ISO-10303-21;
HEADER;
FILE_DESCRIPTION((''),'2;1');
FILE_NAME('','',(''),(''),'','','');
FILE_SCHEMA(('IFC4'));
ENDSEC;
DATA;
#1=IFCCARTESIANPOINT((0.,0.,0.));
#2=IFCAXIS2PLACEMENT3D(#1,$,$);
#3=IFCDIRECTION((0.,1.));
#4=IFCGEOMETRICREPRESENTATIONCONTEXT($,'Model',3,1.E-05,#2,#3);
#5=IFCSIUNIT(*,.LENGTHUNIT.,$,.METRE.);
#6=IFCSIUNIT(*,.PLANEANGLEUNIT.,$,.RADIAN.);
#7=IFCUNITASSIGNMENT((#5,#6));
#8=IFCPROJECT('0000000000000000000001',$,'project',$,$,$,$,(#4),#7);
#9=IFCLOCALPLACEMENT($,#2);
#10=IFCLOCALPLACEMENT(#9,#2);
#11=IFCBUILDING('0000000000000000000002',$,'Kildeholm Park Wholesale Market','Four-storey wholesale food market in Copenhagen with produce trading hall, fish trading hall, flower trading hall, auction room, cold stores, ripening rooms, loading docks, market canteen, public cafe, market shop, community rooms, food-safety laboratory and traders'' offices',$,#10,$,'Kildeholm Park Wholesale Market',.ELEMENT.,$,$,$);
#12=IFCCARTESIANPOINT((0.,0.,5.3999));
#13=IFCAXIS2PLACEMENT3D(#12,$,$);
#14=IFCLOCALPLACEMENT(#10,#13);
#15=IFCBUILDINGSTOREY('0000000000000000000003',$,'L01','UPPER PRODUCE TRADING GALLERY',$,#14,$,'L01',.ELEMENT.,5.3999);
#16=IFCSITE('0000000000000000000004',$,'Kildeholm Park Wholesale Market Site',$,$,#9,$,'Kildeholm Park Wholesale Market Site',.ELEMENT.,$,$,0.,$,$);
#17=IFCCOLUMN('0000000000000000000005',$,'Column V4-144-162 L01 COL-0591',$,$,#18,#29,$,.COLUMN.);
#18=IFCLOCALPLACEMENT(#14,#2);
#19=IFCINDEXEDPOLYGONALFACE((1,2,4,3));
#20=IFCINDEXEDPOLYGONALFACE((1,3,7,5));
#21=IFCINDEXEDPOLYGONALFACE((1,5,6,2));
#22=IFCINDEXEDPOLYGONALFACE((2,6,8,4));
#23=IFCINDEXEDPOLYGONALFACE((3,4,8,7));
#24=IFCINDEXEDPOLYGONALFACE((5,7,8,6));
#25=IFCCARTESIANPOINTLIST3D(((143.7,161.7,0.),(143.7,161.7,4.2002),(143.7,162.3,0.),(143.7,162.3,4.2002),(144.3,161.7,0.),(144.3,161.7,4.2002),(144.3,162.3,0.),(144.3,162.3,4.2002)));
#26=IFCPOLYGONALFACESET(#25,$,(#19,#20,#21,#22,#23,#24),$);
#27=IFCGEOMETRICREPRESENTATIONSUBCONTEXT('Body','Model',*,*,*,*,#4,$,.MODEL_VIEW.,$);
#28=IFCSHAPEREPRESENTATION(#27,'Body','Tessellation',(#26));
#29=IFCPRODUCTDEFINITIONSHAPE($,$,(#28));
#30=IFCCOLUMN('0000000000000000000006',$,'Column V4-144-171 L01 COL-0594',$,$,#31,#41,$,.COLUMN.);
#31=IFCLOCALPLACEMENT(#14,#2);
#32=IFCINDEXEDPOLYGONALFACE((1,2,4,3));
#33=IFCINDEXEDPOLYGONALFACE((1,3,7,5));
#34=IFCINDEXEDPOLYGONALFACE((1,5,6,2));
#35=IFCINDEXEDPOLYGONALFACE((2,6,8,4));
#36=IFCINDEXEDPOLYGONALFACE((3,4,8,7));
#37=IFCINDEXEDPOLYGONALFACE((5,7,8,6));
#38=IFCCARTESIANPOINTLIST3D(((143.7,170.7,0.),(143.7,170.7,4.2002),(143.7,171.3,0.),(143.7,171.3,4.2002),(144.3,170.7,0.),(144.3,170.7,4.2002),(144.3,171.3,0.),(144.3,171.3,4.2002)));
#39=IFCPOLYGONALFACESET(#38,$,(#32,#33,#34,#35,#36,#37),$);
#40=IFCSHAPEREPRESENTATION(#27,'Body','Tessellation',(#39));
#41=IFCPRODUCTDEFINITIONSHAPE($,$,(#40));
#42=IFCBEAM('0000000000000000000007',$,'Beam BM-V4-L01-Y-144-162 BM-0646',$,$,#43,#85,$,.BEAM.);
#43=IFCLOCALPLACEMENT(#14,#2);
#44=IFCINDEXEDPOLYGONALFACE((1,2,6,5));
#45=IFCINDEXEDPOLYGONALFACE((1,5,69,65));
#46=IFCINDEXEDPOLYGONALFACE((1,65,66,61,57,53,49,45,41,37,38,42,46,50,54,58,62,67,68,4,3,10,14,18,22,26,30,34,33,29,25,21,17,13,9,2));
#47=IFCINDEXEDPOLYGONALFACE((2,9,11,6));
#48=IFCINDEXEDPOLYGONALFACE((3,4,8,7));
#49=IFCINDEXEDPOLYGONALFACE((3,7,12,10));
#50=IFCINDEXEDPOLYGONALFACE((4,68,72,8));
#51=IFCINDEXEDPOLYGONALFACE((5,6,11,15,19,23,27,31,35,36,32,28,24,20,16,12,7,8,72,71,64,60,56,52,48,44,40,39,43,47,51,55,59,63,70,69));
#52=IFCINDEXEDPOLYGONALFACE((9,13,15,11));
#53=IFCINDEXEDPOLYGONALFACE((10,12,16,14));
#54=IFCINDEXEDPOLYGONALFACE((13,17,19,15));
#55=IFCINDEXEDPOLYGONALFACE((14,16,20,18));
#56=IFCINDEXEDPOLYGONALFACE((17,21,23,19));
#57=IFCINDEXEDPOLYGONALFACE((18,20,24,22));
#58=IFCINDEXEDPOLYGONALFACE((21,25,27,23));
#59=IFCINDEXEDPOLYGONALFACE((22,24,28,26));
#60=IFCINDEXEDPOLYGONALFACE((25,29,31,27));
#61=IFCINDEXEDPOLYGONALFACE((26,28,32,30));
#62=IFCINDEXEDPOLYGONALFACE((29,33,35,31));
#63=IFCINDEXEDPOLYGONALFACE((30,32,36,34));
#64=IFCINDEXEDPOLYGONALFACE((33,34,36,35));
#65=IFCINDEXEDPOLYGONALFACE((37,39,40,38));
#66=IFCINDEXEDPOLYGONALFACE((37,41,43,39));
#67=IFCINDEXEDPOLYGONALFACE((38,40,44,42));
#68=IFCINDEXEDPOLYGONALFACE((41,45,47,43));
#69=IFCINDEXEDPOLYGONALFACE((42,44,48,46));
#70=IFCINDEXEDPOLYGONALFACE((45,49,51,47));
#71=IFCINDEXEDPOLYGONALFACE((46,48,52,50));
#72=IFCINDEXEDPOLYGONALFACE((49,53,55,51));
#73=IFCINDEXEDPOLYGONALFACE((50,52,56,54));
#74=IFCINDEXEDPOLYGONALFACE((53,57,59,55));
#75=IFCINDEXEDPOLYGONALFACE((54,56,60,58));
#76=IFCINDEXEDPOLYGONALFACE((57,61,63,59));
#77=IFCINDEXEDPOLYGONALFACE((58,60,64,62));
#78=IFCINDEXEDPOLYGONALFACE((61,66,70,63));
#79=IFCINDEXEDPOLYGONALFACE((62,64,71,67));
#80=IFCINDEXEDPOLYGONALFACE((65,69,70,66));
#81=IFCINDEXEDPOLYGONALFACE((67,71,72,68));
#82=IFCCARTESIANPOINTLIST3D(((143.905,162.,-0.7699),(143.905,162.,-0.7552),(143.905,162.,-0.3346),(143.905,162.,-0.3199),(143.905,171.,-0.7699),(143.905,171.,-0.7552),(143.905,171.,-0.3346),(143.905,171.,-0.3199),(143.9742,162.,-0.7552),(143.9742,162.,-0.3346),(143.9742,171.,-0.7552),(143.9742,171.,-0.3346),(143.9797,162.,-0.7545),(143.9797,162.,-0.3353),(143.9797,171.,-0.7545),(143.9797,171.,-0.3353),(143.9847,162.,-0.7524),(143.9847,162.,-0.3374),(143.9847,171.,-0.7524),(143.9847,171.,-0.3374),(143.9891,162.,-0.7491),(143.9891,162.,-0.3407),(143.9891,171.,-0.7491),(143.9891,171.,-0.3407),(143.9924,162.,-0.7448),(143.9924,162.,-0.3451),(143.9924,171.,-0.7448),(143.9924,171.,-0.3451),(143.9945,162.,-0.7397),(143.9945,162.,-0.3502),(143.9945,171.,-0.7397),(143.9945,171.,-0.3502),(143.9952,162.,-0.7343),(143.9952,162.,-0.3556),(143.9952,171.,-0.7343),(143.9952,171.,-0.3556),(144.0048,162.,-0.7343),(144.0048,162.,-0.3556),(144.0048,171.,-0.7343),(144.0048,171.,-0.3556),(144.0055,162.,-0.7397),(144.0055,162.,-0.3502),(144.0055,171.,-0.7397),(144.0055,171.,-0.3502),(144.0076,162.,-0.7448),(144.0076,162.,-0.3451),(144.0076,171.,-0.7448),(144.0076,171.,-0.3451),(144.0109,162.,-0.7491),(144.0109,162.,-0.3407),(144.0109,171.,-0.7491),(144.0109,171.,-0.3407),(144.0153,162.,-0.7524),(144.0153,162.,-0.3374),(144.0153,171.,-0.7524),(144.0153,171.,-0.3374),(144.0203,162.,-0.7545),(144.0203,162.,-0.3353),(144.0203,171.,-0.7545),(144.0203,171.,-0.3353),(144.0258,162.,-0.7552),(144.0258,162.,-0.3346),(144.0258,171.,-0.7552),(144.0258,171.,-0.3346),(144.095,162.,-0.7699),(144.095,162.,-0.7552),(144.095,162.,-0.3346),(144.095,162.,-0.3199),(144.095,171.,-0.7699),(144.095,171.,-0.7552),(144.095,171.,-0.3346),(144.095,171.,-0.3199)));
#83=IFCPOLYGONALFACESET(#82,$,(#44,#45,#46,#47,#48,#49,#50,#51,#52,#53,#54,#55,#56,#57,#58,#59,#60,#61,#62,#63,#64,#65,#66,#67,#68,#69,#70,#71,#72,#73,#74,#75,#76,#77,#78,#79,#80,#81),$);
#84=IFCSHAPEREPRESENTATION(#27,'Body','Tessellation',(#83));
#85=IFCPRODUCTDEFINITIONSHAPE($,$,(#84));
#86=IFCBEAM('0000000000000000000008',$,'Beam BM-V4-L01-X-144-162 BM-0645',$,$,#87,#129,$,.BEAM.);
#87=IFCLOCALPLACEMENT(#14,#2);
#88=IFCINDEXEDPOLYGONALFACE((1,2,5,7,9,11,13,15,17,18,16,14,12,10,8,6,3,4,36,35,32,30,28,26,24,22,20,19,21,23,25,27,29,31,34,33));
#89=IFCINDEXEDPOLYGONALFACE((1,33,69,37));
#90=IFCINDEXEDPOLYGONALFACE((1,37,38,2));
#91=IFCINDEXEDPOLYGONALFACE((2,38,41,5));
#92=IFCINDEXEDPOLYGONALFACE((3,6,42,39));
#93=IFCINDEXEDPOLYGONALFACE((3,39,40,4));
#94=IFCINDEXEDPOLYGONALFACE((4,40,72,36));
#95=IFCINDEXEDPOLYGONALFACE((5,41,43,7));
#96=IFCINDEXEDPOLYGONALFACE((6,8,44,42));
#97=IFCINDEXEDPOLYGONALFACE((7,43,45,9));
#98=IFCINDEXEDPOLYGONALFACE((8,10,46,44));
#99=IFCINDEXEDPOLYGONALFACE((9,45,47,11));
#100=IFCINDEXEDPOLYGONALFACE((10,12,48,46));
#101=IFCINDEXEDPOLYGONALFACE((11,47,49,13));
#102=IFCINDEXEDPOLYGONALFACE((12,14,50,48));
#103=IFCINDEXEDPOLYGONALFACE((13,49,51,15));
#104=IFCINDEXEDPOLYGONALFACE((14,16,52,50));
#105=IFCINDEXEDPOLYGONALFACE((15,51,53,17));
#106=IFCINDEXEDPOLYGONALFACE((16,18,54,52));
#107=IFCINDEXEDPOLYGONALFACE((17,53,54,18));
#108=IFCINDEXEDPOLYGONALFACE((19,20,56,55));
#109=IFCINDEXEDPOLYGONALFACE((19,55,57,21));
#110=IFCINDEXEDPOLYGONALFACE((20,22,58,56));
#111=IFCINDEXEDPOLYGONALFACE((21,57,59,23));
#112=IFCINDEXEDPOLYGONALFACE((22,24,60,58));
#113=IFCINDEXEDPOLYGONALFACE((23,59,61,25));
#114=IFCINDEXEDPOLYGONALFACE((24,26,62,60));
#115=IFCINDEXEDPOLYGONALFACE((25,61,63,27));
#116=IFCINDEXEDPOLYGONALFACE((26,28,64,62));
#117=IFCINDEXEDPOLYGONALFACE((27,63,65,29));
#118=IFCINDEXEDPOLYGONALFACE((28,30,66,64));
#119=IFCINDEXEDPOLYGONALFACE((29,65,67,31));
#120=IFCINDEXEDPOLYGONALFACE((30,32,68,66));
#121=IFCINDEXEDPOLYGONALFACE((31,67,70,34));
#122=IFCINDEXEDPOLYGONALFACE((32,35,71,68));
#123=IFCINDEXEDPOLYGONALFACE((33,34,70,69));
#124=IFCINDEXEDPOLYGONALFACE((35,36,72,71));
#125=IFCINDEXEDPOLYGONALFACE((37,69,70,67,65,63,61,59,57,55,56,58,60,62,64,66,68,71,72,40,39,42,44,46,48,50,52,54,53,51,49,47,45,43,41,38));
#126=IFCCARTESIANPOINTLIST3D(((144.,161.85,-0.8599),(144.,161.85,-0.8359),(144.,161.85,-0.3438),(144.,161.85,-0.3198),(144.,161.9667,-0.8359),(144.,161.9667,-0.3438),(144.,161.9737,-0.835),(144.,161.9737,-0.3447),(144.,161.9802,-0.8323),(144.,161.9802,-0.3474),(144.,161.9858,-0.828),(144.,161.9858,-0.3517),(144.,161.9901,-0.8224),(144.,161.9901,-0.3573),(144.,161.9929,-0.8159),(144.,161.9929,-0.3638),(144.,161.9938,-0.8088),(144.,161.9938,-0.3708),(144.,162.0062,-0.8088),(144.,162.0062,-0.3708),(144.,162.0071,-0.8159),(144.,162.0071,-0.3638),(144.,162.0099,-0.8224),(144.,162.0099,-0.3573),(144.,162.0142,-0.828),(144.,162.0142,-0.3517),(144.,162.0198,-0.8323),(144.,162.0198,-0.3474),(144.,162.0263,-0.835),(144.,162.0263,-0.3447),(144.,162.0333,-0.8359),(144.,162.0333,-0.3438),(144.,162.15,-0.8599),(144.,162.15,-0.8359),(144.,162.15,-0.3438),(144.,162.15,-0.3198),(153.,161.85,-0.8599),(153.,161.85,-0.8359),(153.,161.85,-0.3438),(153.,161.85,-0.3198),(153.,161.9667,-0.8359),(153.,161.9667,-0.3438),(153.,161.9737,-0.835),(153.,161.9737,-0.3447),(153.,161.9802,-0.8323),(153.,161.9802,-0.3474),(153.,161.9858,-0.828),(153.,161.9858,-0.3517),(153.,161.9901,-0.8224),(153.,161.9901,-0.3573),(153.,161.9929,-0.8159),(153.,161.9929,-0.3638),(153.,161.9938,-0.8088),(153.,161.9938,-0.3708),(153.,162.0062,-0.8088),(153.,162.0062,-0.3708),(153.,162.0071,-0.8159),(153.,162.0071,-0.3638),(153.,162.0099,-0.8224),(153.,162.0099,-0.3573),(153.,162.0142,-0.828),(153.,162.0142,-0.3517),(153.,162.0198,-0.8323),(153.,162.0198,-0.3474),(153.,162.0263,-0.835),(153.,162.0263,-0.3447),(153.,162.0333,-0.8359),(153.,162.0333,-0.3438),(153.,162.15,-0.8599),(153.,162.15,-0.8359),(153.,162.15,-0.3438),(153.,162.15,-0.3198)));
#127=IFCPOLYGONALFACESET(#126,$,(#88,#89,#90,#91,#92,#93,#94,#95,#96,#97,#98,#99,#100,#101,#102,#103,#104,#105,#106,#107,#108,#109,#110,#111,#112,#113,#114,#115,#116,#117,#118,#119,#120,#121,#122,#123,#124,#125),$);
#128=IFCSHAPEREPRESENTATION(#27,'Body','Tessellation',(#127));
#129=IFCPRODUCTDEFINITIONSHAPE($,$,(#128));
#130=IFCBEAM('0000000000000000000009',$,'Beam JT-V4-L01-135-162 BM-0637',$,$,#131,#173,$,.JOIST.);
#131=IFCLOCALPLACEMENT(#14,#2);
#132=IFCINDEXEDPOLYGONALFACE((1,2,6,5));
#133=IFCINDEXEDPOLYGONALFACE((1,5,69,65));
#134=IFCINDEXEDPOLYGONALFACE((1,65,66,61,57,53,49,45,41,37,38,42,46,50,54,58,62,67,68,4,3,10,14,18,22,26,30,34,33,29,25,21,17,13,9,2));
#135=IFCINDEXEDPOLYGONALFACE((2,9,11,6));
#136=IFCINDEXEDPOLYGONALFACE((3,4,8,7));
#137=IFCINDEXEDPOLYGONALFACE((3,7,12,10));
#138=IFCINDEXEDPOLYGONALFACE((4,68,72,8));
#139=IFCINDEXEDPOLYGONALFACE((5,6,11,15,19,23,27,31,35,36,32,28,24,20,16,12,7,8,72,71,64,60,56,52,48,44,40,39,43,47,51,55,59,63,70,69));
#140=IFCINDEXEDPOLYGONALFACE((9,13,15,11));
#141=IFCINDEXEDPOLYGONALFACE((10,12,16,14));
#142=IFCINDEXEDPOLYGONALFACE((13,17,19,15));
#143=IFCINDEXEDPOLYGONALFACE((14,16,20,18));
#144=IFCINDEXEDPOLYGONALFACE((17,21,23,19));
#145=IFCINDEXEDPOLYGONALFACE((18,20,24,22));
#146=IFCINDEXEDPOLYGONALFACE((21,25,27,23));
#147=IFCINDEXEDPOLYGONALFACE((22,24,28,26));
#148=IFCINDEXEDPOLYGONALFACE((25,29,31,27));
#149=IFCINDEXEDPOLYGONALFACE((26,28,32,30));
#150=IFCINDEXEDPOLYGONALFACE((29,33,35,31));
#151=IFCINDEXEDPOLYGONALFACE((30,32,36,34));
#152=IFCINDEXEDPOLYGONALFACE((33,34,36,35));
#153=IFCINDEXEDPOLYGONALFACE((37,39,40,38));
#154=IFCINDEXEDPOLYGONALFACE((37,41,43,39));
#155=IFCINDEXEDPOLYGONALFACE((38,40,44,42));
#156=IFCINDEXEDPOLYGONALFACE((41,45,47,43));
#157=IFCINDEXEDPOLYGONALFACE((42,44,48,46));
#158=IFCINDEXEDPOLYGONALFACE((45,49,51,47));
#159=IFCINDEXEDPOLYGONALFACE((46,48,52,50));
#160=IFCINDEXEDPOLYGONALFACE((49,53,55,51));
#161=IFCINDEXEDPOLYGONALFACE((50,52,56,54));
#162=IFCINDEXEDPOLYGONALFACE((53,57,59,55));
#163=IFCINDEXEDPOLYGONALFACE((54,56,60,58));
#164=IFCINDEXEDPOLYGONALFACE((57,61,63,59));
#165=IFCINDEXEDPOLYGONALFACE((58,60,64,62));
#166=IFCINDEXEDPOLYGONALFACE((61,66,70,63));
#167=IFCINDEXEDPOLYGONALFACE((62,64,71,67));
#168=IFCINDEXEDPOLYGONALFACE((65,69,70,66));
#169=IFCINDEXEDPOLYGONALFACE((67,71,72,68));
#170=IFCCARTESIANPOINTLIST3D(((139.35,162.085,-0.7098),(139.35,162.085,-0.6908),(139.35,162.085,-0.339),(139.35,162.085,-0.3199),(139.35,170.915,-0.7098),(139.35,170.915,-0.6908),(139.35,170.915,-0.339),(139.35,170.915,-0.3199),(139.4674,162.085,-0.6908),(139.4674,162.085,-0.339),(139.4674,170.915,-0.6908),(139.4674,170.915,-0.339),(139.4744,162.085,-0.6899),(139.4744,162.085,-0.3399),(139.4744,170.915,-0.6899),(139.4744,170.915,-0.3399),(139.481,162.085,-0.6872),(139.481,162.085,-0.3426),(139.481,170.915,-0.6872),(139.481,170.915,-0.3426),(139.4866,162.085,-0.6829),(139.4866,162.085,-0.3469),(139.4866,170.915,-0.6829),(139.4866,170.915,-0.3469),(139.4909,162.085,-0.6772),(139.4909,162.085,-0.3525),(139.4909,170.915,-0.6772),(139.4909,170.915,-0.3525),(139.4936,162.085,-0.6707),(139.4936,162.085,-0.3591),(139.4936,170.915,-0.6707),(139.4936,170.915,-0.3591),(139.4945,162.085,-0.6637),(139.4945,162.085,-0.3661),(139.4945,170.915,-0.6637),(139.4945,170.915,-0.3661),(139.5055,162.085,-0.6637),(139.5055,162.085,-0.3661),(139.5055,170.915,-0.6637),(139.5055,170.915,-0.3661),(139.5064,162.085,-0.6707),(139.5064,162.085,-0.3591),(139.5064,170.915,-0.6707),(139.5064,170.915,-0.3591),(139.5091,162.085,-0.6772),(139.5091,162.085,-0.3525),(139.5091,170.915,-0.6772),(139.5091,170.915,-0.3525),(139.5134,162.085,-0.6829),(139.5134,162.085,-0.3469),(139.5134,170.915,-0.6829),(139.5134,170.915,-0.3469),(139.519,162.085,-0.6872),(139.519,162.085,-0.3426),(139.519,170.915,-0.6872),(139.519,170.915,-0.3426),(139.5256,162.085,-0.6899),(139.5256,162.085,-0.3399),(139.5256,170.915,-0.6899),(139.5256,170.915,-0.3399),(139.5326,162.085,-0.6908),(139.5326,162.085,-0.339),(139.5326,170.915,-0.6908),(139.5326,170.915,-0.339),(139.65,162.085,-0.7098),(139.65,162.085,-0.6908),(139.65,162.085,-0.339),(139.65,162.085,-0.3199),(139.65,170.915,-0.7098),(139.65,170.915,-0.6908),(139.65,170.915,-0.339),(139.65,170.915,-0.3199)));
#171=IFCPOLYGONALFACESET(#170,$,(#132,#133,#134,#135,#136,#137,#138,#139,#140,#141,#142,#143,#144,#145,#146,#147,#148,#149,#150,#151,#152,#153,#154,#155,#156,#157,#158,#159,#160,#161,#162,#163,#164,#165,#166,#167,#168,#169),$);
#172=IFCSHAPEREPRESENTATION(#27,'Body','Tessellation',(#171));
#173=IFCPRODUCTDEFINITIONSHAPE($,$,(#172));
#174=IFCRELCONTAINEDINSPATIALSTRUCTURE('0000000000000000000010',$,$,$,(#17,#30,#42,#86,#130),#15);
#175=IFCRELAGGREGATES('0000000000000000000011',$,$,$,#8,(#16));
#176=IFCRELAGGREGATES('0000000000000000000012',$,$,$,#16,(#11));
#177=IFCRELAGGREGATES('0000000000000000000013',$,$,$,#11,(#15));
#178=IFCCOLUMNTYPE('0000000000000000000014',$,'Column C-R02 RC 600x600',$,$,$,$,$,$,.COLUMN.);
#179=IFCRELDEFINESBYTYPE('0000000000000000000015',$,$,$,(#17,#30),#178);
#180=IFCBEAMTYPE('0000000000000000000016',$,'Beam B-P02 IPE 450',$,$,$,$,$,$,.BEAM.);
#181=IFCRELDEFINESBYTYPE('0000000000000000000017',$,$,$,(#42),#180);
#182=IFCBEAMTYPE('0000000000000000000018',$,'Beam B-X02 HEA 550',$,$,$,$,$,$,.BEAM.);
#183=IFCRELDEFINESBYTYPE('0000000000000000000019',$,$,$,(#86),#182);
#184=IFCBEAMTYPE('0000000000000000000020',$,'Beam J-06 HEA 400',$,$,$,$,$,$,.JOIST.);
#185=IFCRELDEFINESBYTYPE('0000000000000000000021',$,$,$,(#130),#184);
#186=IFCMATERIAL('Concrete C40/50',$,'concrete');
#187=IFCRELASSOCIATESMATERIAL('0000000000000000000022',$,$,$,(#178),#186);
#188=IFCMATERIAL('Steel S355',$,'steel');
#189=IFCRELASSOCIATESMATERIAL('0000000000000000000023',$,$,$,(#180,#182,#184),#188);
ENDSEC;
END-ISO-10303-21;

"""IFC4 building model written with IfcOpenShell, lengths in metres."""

from ifc_helpers import new_model, si_unit, direction, frame, origin, origin_2d, place, context, subcontext, project, spatial, rectangle, i_section, extrude, material, material_profile, profile_set, type_object, element, save


model = new_model("IFC4")

# Units and contexts
model_context = context("Model", 3, precision=1e-05, world=origin(), true_north=direction((0.0, 1.0)))
body_context = subcontext(model_context, "Body", "Model", "MODEL_VIEW")
ifc_project = project(units=[si_unit("LENGTHUNIT", "METRE"), si_unit("PLANEANGLEUNIT", "RADIAN")], contexts=[model_context])

# Site, building, storey
site_placement = place(None, origin())
site = spatial("IfcSite", under=ifc_project, at=site_placement, Name="Kildeholm Park Wholesale Market Site", LongName="Kildeholm Park Wholesale Market Site", CompositionType="ELEMENT", RefElevation=0.0)
building_placement = place(site_placement, origin())
building = spatial("IfcBuilding", under=site, at=building_placement, Name="Kildeholm Park Wholesale Market", Description="Four-storey wholesale food market in Copenhagen with produce trading hall, fish trading hall, flower trading hall, auction room, cold stores, ripening rooms, loading docks, market canteen, public cafe, market shop, community rooms, food-safety laboratory and traders' offices", LongName="Kildeholm Park Wholesale Market", CompositionType="ELEMENT")
storey_placement = place(building_placement, frame((0.0, 0.0, 5.3999)))
storey = spatial("IfcBuildingStorey", under=building, at=storey_placement, Name="L01", Description="UPPER PRODUCE TRADING GALLERY", LongName="L01", CompositionType="ELEMENT", Elevation=5.3999)

# Columns
ifc_material_1 = material(Name="Concrete C40/50", Category="concrete")
ifc_material_profile_1 = material_profile(ifc_material_1, rectangle(XDim=0.6001, YDim=0.6001, at=origin_2d()), Name="RC 600x600")
ifc_profile_set_1 = profile_set([ifc_material_profile_1], Name="Concrete C40/50")
column_type = type_object("IfcColumnType", Name="Column C-R02 RC 600x600", PredefinedType="COLUMN", material=ifc_profile_set_1)
for number, where, z_axis, x_axis, name in (
    (1, (144.0, 162.0, 0.0), (0.0, 0.0, 1.0), (1.0, 0.0, 0.0), "Column V4-144-162 L01 COL-0591"),
    (2, (144.0, 171.0, 0.0), (0.0, 0.0, 1.0), (1.0, 0.0, 0.0), "Column V4-144-171 L01 COL-0594"),
):
    element("IfcColumn", number, at=place(storey_placement, frame(where, z_axis=z_axis, x_axis=x_axis)), inside=storey, type_object=column_type, Name=name, PredefinedType="COLUMN", context=body_context, shape_type="SweptSolid", body=[
        extrude(rectangle(XDim=0.6001, YDim=0.6001, at=origin_2d()), origin(), (0.0, 0.0, 1.0), 4.2002),
    ])

# Beams
ifc_material_2 = material(Name="Steel S355", Category="steel")
ifc_material_profile_2 = material_profile(ifc_material_2, i_section(OverallWidth=0.1899, OverallDepth=0.45, WebThickness=0.0095, FlangeThickness=0.0146, FilletRadius=0.021, at=origin_2d()), Name="IPE 450")
ifc_profile_set_2 = profile_set([ifc_material_profile_2], Name="Steel S355")
beam_type_1 = type_object("IfcBeamType", Name="Beam B-P02 IPE 450", PredefinedType="BEAM", material=ifc_profile_set_2)
beam_1_placement = place(storey_placement, frame((144.0, 162.0, -0.5449), z_axis=(0.0, 1.0, 0.0), x_axis=(-1.0, 0.0, 0.0)))
element("IfcBeam", 3, at=beam_1_placement, inside=storey, type_object=beam_type_1, Name="Beam BM-V4-L01-Y-144-162 BM-0646", PredefinedType="BEAM", context=body_context, shape_type="SweptSolid", body=[
    extrude(i_section(OverallWidth=0.1899, OverallDepth=0.45, WebThickness=0.0095, FlangeThickness=0.0146, FilletRadius=0.021, at=origin_2d()), origin(), (0.0, 0.0, 1.0), 9.0),
])
ifc_material_profile_3 = material_profile(ifc_material_2, i_section(OverallWidth=0.3, OverallDepth=0.54, WebThickness=0.0125, FlangeThickness=0.0239, FilletRadius=0.0271, at=origin_2d()), Name="HEA 550")
ifc_profile_set_3 = profile_set([ifc_material_profile_3], Name="Steel S355")
beam_type_2 = type_object("IfcBeamType", Name="Beam B-X02 HEA 550", PredefinedType="BEAM", material=ifc_profile_set_3)
beam_2_placement = place(storey_placement, frame((144.0, 162.0, -0.5898), z_axis=(1.0, 0.0, 0.0), x_axis=(0.0, 1.0, 0.0)))
element("IfcBeam", 4, at=beam_2_placement, inside=storey, type_object=beam_type_2, Name="Beam BM-V4-L01-X-144-162 BM-0645", PredefinedType="BEAM", context=body_context, shape_type="SweptSolid", body=[
    extrude(i_section(OverallWidth=0.3, OverallDepth=0.54, WebThickness=0.0125, FlangeThickness=0.0239, FilletRadius=0.0271, at=origin_2d()), origin(), (0.0, 0.0, 1.0), 9.0),
])
ifc_material_profile_4 = material_profile(ifc_material_2, i_section(OverallWidth=0.3, OverallDepth=0.3899, WebThickness=0.011, FlangeThickness=0.019, FilletRadius=0.0271, at=origin_2d()), Name="HEA 400")
ifc_profile_set_4 = profile_set([ifc_material_profile_4], Name="Steel S355")
beam_type_3 = type_object("IfcBeamType", Name="Beam J-06 HEA 400", PredefinedType="JOIST", material=ifc_profile_set_4)
beam_3_placement = place(storey_placement, frame((139.5, 162.085, -0.5149), z_axis=(0.0, 1.0, 0.0), x_axis=(-1.0, 0.0, 0.0)))
element("IfcBeam", 5, at=beam_3_placement, inside=storey, type_object=beam_type_3, Name="Beam JT-V4-L01-135-162 BM-0637", PredefinedType="JOIST", context=body_context, shape_type="SweptSolid", body=[
    extrude(i_section(OverallWidth=0.3, OverallDepth=0.3899, WebThickness=0.011, FlangeThickness=0.019, FilletRadius=0.0271, at=origin_2d()), origin(), (0.0, 0.0, 1.0), 8.8301),
])

save(model, "model.ifc")
